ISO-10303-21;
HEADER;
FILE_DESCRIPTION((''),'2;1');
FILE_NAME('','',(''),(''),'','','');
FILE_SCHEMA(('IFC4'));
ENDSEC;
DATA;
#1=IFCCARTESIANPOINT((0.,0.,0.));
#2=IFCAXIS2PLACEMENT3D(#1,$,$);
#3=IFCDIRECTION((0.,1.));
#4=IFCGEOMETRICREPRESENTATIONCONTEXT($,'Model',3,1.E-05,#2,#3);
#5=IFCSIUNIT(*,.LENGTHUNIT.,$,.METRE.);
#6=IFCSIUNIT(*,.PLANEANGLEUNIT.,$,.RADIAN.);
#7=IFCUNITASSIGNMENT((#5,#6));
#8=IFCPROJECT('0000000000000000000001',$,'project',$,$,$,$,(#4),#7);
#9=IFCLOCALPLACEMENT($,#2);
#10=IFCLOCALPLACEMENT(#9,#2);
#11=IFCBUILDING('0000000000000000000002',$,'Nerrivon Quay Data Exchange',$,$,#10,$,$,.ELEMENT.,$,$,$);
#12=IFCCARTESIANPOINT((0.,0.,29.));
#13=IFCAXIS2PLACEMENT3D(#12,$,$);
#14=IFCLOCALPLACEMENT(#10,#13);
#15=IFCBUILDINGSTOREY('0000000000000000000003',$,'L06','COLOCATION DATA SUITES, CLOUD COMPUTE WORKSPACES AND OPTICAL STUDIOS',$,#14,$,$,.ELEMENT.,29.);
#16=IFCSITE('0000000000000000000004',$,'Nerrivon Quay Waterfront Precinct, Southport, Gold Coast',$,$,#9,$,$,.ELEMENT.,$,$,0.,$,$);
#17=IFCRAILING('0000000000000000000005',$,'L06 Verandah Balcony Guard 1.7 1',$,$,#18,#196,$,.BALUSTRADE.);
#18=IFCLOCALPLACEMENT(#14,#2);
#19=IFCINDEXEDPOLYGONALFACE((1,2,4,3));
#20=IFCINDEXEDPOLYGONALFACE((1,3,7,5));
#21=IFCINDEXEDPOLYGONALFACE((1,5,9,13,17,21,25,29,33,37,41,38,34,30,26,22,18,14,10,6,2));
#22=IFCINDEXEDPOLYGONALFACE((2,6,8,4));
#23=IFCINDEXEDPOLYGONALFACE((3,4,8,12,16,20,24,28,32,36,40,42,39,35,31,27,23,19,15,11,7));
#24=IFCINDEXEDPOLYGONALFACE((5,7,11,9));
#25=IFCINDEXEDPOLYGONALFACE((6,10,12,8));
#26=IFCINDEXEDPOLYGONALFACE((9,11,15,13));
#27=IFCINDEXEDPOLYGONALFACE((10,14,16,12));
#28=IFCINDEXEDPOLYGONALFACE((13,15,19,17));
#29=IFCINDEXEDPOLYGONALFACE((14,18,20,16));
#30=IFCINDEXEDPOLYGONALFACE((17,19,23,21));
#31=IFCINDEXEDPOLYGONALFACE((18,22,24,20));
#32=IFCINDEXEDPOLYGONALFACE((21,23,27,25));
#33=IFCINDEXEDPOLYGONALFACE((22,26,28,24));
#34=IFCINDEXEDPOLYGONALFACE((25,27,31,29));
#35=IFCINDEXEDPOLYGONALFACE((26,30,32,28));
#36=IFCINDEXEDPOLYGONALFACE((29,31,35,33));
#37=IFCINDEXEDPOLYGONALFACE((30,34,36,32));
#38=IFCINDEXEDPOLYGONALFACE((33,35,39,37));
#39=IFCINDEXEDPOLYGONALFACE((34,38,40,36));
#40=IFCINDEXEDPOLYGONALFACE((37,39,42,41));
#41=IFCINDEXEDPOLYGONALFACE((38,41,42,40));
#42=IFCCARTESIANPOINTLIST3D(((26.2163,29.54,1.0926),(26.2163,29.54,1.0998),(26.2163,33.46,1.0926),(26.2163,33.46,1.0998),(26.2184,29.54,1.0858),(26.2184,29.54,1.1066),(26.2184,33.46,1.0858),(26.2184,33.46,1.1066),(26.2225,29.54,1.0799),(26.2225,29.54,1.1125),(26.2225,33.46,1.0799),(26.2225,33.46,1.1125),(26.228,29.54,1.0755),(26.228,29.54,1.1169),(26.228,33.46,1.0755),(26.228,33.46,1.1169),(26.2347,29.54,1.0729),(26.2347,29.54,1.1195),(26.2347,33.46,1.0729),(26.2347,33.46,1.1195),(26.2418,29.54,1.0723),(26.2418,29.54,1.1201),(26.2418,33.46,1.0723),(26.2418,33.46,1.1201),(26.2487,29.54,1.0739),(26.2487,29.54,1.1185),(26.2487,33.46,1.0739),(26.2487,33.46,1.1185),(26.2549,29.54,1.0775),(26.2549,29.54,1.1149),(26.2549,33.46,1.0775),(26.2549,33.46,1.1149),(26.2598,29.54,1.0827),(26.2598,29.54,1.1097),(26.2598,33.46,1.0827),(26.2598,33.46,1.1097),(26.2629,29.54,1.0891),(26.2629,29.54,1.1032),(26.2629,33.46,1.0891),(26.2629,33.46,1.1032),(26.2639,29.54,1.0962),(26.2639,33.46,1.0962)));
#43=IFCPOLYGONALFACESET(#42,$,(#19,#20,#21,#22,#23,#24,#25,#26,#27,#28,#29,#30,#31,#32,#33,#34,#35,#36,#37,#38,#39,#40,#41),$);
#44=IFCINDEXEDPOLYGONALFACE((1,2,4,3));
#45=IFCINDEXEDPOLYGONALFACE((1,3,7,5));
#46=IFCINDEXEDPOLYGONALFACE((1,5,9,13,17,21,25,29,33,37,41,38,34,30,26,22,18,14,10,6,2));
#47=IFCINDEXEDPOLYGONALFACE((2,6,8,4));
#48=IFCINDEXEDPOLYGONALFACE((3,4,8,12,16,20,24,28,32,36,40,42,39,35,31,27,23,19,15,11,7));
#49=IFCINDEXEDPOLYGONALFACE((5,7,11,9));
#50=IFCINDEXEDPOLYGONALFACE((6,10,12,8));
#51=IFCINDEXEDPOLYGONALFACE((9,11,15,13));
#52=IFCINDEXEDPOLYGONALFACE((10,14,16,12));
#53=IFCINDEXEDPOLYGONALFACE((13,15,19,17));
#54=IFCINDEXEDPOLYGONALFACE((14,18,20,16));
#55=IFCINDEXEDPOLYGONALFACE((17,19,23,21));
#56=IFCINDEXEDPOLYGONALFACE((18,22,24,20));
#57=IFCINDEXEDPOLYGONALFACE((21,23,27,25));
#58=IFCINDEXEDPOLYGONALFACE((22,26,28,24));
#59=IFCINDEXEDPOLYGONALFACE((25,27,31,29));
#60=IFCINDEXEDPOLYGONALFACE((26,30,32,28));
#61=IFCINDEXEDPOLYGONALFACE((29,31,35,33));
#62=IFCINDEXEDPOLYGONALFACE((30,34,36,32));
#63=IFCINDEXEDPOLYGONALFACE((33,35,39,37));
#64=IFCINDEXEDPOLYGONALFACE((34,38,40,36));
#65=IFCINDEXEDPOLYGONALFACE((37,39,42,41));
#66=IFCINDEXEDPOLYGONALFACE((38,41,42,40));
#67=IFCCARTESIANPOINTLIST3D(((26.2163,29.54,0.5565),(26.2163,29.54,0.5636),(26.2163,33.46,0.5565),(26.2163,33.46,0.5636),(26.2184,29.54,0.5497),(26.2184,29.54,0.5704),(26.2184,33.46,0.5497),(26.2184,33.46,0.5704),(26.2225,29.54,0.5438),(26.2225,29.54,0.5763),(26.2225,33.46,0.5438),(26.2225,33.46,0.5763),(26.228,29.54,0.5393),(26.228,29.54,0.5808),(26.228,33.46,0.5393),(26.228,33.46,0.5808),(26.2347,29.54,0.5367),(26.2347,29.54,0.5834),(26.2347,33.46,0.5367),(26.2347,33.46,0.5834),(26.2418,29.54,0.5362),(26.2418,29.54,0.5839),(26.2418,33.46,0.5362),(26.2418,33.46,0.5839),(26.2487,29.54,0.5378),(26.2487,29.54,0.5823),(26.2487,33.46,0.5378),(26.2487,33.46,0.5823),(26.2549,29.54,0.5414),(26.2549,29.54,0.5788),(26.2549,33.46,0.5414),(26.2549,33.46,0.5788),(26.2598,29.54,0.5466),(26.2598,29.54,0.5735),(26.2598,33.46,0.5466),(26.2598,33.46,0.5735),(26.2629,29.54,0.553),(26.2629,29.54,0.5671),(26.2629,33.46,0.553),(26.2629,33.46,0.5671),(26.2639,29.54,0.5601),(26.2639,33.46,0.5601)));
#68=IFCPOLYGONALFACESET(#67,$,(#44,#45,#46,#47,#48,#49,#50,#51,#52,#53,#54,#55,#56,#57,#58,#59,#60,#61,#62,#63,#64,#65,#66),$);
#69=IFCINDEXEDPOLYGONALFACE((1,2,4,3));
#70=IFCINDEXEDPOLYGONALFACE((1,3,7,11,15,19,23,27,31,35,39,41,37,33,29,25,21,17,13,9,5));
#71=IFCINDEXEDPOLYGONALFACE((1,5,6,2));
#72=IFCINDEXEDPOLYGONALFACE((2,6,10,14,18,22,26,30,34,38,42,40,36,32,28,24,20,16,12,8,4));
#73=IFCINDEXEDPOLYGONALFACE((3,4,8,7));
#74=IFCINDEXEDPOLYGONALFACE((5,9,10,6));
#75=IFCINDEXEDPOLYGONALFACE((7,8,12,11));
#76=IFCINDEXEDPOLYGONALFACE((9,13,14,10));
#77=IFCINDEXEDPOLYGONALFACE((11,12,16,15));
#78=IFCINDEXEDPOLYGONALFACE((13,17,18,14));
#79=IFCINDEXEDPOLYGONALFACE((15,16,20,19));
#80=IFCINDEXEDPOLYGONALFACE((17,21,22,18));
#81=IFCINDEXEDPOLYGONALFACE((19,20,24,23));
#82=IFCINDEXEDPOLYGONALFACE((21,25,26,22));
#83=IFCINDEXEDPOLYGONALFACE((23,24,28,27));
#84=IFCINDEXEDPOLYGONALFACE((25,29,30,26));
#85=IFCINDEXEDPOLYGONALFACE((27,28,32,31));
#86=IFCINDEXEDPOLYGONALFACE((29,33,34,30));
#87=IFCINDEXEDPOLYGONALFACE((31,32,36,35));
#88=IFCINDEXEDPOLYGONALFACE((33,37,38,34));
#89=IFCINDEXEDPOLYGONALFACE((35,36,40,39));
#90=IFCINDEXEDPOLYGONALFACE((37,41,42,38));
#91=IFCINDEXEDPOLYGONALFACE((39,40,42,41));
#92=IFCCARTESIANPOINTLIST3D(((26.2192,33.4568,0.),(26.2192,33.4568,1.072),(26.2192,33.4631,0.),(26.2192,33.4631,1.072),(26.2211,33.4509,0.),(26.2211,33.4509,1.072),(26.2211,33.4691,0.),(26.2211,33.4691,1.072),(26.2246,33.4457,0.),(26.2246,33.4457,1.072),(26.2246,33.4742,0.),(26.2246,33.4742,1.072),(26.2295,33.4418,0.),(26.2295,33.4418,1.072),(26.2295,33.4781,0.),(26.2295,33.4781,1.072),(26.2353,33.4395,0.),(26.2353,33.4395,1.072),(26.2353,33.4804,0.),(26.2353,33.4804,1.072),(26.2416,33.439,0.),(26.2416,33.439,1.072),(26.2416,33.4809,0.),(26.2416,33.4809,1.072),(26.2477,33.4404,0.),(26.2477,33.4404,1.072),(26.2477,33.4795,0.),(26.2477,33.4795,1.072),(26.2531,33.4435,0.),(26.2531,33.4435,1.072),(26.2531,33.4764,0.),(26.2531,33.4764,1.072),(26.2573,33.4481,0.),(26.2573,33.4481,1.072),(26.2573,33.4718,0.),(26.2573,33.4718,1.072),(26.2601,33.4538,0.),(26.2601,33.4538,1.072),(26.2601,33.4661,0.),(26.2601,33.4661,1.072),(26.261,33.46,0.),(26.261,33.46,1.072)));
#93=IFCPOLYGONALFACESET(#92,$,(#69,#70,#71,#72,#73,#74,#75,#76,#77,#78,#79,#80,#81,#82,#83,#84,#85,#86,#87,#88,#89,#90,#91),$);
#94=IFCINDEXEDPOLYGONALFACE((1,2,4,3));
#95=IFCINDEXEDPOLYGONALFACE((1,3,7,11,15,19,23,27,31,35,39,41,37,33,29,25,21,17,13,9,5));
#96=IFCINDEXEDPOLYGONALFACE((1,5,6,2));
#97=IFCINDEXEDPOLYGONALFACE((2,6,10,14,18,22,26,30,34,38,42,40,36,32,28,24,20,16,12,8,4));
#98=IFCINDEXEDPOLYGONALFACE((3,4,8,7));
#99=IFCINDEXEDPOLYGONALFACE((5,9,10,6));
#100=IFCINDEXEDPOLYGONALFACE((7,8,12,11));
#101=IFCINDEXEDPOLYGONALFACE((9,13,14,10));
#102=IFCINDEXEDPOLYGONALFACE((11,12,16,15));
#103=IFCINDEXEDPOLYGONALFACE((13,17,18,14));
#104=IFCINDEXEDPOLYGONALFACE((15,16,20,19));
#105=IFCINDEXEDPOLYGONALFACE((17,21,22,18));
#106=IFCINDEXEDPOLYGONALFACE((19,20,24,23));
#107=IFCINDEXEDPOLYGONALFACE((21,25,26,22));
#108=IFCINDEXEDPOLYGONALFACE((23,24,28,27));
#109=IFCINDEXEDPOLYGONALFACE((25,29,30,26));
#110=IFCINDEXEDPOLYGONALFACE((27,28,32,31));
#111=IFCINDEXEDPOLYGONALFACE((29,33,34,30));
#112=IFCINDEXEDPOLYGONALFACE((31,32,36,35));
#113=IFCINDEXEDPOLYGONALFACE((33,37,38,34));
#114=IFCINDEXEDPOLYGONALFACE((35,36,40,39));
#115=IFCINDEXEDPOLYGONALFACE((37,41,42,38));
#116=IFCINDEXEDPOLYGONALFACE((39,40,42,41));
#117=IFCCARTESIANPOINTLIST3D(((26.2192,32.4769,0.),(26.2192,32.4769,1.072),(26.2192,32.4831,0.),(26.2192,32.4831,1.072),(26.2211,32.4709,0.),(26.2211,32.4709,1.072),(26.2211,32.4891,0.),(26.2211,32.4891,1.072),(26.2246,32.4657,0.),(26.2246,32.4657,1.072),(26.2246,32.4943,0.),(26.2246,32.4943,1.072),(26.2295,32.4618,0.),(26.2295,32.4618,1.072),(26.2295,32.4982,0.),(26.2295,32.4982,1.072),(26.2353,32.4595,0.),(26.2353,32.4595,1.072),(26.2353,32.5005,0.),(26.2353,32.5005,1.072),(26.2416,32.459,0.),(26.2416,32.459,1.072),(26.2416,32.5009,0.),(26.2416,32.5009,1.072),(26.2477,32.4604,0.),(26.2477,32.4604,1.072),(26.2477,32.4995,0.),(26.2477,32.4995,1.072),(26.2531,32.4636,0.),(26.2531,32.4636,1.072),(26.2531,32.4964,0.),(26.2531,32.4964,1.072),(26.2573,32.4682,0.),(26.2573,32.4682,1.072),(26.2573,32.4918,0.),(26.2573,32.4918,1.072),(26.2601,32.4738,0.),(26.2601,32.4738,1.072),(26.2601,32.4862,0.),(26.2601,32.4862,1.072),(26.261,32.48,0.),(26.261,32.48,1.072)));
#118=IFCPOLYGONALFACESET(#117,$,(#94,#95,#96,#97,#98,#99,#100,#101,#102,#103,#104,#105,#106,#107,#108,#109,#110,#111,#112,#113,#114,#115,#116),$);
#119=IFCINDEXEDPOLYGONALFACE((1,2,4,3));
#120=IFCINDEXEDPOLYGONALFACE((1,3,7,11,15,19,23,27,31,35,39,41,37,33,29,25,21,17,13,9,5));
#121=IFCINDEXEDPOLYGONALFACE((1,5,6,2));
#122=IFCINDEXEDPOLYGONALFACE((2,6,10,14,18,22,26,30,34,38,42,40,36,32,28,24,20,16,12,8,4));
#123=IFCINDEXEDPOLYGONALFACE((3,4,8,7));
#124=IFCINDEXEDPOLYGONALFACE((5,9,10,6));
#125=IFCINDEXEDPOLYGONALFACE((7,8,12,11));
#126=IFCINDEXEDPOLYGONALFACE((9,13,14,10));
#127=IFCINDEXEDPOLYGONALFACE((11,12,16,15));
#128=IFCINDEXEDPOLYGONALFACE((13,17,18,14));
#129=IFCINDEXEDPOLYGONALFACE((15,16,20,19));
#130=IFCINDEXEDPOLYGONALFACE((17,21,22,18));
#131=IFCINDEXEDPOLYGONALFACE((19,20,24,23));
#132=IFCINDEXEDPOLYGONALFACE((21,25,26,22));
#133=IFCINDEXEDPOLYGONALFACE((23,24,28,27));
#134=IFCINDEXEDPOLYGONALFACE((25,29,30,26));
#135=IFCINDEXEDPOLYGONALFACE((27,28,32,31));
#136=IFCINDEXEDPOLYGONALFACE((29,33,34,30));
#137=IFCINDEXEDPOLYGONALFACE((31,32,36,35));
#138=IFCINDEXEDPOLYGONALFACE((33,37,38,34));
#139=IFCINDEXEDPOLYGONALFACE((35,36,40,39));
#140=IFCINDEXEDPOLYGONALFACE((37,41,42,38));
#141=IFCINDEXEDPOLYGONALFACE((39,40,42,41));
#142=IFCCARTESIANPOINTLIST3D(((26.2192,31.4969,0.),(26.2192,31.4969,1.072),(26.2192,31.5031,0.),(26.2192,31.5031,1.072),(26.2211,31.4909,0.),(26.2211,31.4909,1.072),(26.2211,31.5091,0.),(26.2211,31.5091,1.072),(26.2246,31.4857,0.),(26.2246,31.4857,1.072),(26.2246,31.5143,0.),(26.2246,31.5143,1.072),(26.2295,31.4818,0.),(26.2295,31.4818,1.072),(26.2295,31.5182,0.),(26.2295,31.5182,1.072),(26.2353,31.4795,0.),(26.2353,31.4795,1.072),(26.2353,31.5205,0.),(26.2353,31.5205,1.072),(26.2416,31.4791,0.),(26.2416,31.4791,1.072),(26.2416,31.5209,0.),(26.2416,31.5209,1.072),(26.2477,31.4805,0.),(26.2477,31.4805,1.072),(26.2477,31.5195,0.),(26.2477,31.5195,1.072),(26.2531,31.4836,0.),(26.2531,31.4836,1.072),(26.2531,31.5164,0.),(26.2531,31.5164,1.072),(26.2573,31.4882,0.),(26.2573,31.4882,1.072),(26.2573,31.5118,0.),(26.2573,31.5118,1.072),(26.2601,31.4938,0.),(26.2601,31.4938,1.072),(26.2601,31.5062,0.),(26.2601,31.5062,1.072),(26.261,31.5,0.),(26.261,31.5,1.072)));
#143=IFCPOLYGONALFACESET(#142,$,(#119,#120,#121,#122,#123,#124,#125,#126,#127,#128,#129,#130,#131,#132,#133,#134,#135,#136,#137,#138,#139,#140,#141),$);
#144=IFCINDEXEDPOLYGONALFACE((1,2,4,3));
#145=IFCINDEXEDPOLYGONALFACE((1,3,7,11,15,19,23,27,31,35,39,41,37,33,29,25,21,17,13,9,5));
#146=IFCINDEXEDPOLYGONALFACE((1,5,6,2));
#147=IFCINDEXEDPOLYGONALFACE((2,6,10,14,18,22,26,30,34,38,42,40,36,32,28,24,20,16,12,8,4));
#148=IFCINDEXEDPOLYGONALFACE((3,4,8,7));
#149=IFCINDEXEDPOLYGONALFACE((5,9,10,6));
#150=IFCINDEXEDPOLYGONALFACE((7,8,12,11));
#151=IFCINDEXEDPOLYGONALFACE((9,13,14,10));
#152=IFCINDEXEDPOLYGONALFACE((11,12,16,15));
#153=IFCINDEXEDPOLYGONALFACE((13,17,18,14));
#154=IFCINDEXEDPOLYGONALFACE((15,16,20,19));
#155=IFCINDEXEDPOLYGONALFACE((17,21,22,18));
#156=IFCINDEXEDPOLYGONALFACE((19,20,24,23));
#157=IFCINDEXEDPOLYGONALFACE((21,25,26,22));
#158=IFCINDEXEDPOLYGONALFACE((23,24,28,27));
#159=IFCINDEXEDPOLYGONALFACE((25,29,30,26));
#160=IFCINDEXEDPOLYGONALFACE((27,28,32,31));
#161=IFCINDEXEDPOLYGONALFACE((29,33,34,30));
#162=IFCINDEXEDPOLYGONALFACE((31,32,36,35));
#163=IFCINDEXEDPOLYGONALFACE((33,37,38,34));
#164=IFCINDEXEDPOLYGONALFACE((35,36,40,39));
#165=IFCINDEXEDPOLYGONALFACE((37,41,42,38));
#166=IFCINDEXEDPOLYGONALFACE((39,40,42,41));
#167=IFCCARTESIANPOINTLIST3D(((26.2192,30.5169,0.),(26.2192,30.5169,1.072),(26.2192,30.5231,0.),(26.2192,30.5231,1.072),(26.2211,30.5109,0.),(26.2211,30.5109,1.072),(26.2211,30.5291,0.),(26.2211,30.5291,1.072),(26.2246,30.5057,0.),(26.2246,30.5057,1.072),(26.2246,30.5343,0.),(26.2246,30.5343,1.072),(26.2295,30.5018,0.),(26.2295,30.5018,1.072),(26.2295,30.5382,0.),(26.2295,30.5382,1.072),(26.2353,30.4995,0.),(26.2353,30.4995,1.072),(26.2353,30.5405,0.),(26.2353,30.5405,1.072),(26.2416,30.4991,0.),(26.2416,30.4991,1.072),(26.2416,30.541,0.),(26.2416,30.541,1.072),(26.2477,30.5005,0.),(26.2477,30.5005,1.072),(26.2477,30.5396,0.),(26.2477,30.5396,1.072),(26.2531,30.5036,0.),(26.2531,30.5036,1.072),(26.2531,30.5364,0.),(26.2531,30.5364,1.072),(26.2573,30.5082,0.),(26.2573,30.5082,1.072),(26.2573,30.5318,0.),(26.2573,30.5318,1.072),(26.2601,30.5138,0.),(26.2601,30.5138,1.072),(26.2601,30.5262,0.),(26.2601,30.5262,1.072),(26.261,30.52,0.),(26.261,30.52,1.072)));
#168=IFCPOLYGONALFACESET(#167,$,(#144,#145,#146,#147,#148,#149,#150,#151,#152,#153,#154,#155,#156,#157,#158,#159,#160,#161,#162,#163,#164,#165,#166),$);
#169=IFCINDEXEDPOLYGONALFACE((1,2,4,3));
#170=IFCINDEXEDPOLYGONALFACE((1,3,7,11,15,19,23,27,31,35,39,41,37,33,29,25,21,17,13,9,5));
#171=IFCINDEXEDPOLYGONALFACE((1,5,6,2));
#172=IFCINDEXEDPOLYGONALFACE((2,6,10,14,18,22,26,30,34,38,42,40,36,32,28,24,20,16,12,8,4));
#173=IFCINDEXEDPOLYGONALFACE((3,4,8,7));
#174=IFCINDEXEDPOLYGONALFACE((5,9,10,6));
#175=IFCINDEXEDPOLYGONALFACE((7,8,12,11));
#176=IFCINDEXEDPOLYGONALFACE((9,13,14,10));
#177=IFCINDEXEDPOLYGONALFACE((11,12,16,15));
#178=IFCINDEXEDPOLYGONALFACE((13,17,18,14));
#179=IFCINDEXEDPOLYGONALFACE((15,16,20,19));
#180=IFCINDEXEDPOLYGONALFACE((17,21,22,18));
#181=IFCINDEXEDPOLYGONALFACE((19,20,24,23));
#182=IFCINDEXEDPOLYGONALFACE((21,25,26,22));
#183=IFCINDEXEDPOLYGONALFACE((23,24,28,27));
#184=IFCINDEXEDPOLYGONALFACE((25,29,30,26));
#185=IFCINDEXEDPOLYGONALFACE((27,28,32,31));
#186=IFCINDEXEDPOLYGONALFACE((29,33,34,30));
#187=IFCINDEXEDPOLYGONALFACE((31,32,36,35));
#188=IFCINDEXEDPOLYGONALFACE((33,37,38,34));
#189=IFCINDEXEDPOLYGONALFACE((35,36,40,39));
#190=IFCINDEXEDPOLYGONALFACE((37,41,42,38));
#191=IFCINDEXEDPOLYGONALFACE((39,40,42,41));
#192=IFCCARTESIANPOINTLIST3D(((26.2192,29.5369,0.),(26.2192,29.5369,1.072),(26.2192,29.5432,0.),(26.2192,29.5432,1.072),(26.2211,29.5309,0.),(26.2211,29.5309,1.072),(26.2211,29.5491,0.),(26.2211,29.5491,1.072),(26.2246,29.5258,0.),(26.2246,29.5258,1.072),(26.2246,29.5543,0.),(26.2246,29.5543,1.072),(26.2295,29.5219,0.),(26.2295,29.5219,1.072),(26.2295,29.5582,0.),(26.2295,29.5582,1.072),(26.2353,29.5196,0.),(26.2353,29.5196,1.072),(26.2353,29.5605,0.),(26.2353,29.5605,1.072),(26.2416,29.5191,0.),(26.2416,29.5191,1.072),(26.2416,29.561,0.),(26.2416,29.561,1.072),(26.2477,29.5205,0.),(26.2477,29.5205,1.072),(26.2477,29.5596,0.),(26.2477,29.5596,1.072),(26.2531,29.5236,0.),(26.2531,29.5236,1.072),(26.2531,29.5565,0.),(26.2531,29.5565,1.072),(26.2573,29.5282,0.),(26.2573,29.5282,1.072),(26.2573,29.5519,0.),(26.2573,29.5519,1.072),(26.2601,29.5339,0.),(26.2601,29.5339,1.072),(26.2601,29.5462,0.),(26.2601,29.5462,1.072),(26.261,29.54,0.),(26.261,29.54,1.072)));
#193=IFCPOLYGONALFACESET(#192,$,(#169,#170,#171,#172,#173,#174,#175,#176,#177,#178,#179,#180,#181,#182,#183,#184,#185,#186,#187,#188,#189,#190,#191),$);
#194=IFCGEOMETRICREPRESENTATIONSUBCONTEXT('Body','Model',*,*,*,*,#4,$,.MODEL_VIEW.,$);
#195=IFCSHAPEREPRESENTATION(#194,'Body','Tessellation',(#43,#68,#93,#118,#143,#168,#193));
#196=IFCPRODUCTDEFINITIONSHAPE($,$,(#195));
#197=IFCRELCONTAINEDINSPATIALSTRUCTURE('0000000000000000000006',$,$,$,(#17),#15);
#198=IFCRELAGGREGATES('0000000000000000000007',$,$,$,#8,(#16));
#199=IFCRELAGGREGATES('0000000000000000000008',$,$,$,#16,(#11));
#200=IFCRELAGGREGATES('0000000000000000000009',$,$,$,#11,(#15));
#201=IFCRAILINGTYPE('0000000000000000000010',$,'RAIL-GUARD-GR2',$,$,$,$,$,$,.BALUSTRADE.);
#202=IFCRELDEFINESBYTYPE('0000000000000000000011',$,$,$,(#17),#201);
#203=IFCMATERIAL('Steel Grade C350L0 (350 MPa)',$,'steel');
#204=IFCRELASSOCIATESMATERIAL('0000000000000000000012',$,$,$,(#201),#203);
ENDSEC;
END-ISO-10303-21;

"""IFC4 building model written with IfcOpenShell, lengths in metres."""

from ifc_helpers import new_model, si_unit, direction, frame, origin, origin_2d, place, context, subcontext, project, spatial, circle, extrude, material, type_object, element, save


model = new_model("IFC4")

# Units and contexts
model_context = context("Model", 3, precision=1e-05, world=origin(), true_north=direction((0.0, 1.0)))
body_context = subcontext(model_context, "Body", "Model", "MODEL_VIEW")
ifc_project = project(units=[si_unit("LENGTHUNIT", "METRE"), si_unit("PLANEANGLEUNIT", "RADIAN")], contexts=[model_context])

# Site, building, storey
site_placement = place(None, origin())
site = spatial("IfcSite", under=ifc_project, at=site_placement, Name="Nerrivon Quay Waterfront Precinct, Southport, Gold Coast", CompositionType="ELEMENT", RefElevation=0.0)
building_placement = place(site_placement, origin())
building = spatial("IfcBuilding", under=site, at=building_placement, Name="Nerrivon Quay Data Exchange", CompositionType="ELEMENT")
storey_placement = place(building_placement, frame((0.0, 0.0, 29.0)))
storey = spatial("IfcBuildingStorey", under=building, at=storey_placement, Name="L06", Description="COLOCATION DATA SUITES, CLOUD COMPUTE WORKSPACES AND OPTICAL STUDIOS", CompositionType="ELEMENT", Elevation=29.0)

# Railing
ifc_material_1 = material(Name="Steel Grade C350L0 (350 MPa)", Category="steel")
railing_type = type_object("IfcRailingType", Name="RAIL-GUARD-GR2", PredefinedType="BALUSTRADE", material=ifc_material_1)
railing_1_placement = place(storey_placement, frame((26.24, 33.46, 0.0)))
element("IfcRailing", 1, at=railing_1_placement, inside=storey, type_object=railing_type, Name="L06 Verandah Balcony Guard 1.7 1", PredefinedType="BALUSTRADE", context=body_context, shape_type="SweptSolid", body=[
    extrude(circle(Radius=0.0239, at=origin_2d()), frame((0.0, 0.0, 1.0962), z_axis=(0.0, -1.0, 0.0), x_axis=(1.0, 0.0, 0.0)), (0.0, 0.0, 1.0), 3.9199),
    extrude(circle(Radius=0.0239, at=origin_2d()), frame((0.0, 0.0, 0.5601), z_axis=(0.0, -1.0, 0.0), x_axis=(1.0, 0.0, 0.0)), (0.0, 0.0, 1.0), 3.9199),
    extrude(circle(Radius=0.021, at=origin_2d()), origin(), (0.0, 0.0, 1.0), 1.072),
    extrude(circle(Radius=0.021, at=origin_2d()), frame((0.0, -0.98, 0.0)), (0.0, 0.0, 1.0), 1.072),
    extrude(circle(Radius=0.021, at=origin_2d()), frame((0.0, -1.96, 0.0)), (0.0, 0.0, 1.0), 1.072),
    extrude(circle(Radius=0.021, at=origin_2d()), frame((0.0, -2.9399, 0.0)), (0.0, 0.0, 1.0), 1.072),
    extrude(circle(Radius=0.021, at=origin_2d()), frame((0.0, -3.9199, 0.0)), (0.0, 0.0, 1.0), 1.072),
])

save(model, "model.ifc")
